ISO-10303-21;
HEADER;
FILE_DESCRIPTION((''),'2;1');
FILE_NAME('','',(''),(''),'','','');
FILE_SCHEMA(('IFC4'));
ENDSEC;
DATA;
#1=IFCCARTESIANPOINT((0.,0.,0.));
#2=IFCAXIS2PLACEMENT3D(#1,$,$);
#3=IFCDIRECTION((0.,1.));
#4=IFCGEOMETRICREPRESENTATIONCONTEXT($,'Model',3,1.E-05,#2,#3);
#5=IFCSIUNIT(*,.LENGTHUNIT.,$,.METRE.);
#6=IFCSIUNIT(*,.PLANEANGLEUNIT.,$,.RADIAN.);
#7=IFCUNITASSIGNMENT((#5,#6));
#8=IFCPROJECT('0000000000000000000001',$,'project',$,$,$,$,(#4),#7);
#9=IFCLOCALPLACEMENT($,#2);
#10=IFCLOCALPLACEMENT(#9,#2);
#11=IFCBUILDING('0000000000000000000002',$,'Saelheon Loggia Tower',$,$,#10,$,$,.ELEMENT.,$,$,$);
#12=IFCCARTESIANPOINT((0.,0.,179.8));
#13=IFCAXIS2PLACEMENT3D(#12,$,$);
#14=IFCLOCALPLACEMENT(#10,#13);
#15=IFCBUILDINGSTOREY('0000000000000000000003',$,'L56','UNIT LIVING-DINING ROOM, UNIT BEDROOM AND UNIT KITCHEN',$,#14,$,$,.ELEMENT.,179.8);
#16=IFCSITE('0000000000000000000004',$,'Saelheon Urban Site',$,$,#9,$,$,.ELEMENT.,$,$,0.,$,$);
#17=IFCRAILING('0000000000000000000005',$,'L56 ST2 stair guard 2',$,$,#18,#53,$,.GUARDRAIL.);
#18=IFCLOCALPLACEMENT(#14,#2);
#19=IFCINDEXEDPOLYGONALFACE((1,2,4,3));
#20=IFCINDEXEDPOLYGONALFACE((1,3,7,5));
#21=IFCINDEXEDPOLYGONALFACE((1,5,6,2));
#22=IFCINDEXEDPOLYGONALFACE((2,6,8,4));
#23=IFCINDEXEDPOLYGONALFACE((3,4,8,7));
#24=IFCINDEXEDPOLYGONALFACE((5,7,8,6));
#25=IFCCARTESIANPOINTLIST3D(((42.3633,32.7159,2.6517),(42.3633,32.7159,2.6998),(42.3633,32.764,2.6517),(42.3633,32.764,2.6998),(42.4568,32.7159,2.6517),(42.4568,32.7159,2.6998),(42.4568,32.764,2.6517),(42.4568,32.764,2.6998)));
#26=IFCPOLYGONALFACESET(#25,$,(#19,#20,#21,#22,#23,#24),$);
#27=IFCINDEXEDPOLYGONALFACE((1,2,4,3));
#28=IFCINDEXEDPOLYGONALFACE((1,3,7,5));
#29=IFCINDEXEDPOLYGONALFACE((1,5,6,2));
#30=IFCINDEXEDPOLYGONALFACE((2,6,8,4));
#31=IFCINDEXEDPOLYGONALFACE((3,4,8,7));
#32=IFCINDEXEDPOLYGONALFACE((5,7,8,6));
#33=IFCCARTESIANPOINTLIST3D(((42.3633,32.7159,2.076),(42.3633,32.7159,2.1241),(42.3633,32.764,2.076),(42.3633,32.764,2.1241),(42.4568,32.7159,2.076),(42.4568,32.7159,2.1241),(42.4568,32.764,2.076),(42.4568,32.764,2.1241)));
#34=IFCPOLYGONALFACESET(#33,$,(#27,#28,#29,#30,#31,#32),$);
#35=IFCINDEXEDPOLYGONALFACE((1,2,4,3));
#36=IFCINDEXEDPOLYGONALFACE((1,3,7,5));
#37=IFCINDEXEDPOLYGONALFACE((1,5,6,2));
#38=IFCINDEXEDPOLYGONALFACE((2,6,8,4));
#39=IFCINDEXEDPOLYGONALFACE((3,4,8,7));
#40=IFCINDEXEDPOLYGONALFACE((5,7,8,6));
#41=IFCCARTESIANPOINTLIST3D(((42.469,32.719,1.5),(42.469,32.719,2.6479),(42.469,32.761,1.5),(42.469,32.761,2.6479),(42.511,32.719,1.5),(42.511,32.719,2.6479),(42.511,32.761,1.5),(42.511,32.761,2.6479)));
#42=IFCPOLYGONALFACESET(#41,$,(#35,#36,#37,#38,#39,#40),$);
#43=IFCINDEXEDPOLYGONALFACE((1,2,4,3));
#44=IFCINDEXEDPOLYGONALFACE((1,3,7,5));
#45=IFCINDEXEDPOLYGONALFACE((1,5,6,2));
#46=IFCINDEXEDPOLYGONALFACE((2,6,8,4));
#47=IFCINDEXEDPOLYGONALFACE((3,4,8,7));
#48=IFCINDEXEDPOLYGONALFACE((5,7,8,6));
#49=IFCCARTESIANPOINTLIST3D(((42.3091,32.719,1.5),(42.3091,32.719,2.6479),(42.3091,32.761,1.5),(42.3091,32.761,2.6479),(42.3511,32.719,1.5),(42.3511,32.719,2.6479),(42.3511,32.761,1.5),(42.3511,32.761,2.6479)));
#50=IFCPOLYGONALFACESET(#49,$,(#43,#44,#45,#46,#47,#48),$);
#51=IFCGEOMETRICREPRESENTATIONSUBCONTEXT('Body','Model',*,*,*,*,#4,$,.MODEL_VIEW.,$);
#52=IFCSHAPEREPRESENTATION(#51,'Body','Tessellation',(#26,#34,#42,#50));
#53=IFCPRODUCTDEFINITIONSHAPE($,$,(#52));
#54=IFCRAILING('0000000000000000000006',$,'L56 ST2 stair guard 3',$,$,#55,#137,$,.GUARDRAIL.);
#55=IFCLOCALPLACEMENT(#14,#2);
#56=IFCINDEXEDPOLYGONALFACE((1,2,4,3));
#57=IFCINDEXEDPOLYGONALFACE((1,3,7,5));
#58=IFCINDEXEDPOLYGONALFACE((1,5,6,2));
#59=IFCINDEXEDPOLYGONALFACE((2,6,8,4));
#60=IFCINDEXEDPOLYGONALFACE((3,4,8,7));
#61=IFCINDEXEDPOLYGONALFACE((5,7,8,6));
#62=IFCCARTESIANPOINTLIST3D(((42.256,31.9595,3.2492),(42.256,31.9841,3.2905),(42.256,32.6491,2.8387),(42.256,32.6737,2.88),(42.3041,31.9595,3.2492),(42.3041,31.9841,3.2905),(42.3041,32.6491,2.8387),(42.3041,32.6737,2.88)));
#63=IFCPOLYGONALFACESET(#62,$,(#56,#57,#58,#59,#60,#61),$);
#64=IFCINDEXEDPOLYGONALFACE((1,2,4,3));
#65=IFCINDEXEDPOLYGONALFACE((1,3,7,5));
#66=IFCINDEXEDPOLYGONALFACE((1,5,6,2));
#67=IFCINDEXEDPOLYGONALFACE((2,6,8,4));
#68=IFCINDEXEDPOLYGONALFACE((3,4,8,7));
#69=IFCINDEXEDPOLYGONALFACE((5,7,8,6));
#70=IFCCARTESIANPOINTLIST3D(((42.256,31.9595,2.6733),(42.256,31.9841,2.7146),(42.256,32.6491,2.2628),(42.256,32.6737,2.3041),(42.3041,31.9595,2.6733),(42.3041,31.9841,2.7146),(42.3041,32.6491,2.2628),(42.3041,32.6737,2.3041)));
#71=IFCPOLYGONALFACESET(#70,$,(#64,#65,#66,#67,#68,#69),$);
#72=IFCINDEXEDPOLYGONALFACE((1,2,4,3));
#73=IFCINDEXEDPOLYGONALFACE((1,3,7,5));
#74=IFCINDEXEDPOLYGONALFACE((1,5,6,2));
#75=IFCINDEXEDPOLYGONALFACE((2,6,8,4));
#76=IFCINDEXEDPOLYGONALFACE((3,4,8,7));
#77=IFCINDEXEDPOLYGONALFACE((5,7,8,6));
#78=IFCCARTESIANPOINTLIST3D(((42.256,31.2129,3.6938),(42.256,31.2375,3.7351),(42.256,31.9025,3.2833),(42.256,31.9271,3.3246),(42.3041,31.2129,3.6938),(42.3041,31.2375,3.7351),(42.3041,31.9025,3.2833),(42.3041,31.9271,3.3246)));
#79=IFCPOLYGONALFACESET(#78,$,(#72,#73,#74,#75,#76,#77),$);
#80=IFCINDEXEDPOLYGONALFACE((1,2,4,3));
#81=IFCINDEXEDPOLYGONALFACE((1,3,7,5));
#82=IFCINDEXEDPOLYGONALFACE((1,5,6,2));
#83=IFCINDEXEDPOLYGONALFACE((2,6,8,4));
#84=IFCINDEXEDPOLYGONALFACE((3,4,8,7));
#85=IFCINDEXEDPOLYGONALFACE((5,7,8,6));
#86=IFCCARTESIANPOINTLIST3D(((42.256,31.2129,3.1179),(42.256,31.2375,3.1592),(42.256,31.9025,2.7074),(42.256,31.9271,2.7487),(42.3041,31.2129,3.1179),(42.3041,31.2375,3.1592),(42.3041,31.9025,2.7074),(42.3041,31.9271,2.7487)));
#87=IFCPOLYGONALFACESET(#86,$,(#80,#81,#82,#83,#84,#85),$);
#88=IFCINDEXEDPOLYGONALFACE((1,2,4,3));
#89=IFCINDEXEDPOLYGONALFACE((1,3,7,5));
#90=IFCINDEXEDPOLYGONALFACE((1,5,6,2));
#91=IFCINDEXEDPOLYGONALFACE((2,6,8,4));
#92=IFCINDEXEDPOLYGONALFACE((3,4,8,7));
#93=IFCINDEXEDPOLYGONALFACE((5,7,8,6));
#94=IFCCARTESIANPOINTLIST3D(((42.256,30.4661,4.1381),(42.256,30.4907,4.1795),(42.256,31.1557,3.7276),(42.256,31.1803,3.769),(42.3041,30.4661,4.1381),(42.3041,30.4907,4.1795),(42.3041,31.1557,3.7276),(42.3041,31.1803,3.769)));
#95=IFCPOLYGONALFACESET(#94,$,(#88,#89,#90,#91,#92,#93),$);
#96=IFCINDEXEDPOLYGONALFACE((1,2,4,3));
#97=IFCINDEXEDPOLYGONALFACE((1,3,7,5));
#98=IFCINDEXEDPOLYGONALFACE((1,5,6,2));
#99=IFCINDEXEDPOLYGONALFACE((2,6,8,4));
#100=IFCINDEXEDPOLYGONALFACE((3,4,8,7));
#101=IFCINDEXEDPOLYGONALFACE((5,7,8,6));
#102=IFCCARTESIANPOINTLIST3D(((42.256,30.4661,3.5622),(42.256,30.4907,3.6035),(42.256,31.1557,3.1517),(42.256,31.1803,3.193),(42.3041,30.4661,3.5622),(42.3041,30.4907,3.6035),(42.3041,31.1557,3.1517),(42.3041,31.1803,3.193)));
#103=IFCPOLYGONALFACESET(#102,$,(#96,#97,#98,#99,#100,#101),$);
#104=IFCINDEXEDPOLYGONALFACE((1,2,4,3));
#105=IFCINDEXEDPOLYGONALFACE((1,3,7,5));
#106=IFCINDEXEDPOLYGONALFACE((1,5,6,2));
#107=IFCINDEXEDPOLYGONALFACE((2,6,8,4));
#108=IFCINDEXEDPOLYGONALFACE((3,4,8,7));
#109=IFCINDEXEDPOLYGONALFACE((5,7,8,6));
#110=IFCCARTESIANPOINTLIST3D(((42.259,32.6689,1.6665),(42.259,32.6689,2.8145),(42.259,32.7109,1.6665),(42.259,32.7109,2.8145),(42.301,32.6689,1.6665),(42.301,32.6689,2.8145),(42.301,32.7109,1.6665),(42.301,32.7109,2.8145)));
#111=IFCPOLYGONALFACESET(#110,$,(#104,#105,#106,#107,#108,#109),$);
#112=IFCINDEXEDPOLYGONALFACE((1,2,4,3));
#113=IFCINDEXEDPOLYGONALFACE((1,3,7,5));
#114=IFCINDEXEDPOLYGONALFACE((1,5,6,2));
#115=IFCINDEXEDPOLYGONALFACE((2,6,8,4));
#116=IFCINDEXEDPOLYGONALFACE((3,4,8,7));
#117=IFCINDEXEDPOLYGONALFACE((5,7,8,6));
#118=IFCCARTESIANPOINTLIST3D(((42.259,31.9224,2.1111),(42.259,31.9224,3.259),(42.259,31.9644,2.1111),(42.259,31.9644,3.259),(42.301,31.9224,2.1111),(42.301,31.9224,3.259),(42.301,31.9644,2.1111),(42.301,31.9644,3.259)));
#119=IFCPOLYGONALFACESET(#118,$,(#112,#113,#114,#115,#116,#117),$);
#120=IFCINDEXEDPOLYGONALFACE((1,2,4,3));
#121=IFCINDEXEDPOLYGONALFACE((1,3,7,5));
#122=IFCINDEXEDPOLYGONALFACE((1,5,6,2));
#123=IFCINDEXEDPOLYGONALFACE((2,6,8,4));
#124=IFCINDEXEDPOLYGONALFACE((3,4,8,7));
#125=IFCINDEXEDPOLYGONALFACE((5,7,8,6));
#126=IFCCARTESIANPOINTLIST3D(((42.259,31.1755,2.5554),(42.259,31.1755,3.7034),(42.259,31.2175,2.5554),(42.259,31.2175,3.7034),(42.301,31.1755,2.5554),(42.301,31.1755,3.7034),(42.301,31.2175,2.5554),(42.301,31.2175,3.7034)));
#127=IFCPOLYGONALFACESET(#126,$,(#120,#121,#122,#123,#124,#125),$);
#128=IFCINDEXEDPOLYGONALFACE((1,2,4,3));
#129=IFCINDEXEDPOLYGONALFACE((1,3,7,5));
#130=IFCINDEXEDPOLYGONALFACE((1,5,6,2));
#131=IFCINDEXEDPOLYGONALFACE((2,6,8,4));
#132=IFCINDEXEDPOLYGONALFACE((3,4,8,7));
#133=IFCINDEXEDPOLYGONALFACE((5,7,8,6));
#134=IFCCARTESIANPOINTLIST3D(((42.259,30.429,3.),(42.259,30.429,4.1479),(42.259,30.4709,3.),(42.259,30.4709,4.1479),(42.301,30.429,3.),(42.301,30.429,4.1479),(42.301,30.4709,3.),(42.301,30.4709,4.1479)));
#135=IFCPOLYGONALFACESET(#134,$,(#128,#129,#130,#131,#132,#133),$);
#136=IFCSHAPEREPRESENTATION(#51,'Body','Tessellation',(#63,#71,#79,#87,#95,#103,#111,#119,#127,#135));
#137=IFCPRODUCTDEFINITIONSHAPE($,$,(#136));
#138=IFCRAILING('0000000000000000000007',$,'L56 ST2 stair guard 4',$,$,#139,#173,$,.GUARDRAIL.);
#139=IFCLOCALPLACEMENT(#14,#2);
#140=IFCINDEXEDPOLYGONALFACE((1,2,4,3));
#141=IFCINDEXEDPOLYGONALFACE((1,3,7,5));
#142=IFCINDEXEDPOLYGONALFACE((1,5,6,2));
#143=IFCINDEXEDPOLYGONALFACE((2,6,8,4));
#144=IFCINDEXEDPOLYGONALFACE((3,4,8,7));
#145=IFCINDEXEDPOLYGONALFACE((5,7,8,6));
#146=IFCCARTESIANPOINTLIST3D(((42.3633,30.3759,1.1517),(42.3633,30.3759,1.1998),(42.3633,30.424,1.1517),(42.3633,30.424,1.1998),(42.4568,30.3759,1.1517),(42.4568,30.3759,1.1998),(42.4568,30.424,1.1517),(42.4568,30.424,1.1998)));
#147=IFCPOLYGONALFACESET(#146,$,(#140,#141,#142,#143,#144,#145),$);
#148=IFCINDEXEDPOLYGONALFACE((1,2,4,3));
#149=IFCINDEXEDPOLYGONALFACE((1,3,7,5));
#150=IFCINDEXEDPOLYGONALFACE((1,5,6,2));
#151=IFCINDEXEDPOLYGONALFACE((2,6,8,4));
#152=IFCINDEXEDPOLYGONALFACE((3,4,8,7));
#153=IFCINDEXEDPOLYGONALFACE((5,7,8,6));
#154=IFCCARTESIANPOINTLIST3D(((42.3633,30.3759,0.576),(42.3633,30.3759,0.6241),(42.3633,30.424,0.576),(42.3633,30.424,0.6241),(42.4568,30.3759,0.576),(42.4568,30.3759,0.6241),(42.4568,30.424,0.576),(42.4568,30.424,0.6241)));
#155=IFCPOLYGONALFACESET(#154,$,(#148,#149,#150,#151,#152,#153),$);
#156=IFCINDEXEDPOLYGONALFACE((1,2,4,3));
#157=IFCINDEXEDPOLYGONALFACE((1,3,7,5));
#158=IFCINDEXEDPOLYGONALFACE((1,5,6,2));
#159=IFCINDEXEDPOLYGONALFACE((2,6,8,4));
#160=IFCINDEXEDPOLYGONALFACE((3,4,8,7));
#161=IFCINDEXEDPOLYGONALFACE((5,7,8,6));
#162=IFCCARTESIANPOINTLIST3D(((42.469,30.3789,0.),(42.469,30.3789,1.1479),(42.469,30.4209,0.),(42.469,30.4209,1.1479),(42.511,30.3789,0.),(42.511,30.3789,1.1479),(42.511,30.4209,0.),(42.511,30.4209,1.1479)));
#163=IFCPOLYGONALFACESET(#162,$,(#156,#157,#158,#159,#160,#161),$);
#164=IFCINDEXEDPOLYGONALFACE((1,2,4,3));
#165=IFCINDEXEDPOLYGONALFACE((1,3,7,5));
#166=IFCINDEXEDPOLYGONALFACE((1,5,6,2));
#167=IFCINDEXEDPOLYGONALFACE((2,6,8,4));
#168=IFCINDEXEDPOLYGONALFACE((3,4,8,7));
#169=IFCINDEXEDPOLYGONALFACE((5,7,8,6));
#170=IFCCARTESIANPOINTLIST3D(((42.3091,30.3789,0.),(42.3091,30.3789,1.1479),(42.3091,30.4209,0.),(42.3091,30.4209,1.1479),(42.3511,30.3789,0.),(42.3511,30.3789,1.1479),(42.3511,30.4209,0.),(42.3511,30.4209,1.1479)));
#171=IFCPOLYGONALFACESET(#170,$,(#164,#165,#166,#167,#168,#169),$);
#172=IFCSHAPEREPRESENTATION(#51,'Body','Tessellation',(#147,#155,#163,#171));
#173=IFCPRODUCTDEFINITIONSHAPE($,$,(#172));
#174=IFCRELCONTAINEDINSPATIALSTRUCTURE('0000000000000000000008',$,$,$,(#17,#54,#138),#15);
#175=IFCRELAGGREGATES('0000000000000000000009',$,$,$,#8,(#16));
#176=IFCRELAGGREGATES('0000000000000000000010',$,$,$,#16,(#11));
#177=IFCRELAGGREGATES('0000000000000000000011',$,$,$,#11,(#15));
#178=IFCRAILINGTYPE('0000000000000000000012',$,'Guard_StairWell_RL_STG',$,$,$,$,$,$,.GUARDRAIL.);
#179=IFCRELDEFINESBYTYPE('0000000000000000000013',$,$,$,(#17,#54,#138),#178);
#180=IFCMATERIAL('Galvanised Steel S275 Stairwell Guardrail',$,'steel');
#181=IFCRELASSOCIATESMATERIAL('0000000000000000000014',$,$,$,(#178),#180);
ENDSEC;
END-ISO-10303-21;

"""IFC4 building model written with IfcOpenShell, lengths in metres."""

from ifc_helpers import new_model, si_unit, direction, frame, origin, origin_2d, place, context, subcontext, project, spatial, rectangle, extrude, material, type_object, element, save


model = new_model("IFC4")

# Units and contexts
model_context = context("Model", 3, precision=1e-05, world=origin(), true_north=direction((0.0, 1.0)))
body_context = subcontext(model_context, "Body", "Model", "MODEL_VIEW")
ifc_project = project(units=[si_unit("LENGTHUNIT", "METRE"), si_unit("PLANEANGLEUNIT", "RADIAN")], contexts=[model_context])

# Site, building, storey
site_placement = place(None, origin())
site = spatial("IfcSite", under=ifc_project, at=site_placement, Name="Saelheon Urban Site", CompositionType="ELEMENT", RefElevation=0.0)
building_placement = place(site_placement, origin())
building = spatial("IfcBuilding", under=site, at=building_placement, Name="Saelheon Loggia Tower", CompositionType="ELEMENT")
storey_placement = place(building_placement, frame((0.0, 0.0, 179.8)))
storey = spatial("IfcBuildingStorey", under=building, at=storey_placement, Name="L56", Description="UNIT LIVING-DINING ROOM, UNIT BEDROOM AND UNIT KITCHEN", CompositionType="ELEMENT", Elevation=179.8)

# Railings
ifc_material_1 = material(Name="Galvanised Steel S275 Stairwell Guardrail", Category="steel")
railing_type_1 = type_object("IfcRailingType", Name="Guard_StairWell_RL_STG", PredefinedType="GUARDRAIL", material=ifc_material_1)
railing_1_placement = place(storey_placement, frame((42.49, 32.74, 1.5)))
element("IfcRailing", 1, at=railing_1_placement, inside=storey, type_object=railing_type_1, Name="L56 ST2 stair guard 2", PredefinedType="GUARDRAIL", context=body_context, shape_type="SweptSolid", body=[
    extrude(rectangle(XDim=0.0481, YDim=0.0481, at=origin_2d()), frame((-0.0332, 0.0, 1.1758), z_axis=(-1.0, 0.0, 0.0), x_axis=(0.0, -1.0, 0.0)), (0.0, 0.0, 1.0), 0.0935),
    extrude(rectangle(XDim=0.0481, YDim=0.0481, at=origin_2d()), frame((-0.0332, 0.0, 0.6001), z_axis=(-1.0, 0.0, 0.0), x_axis=(0.0, -1.0, 0.0)), (0.0, 0.0, 1.0), 0.0935),
    extrude(rectangle(XDim=0.042, YDim=0.042, at=origin_2d()), origin(), (0.0, 0.0, 1.0), 1.1479),
    extrude(rectangle(XDim=0.042, YDim=0.042, at=origin_2d()), frame((-0.1599, 0.0, 0.0)), (0.0, 0.0, 1.0), 1.1479),
])
railing_2_placement = place(storey_placement, frame((42.28, 32.6899, 1.6665)))
element("IfcRailing", 2, at=railing_2_placement, inside=storey, type_object=railing_type_1, Name="L56 ST2 stair guard 3", PredefinedType="GUARDRAIL", context=body_context, shape_type="SweptSolid", body=[
    extrude(rectangle(XDim=0.0481, YDim=0.0481, at=origin_2d()), frame((0.0, -0.0286, 1.1929), z_axis=(0.0, -0.859264, 0.511532), x_axis=(1.0, 0.0, 0.0)), (0.0, 0.0, 1.0), 0.8025),
    extrude(rectangle(XDim=0.0481, YDim=0.0481, at=origin_2d()), frame((0.0, -0.0286, 0.6169), z_axis=(0.0, -0.859264, 0.511532), x_axis=(1.0, 0.0, 0.0)), (0.0, 0.0, 1.0), 0.8025),
    extrude(rectangle(XDim=0.0481, YDim=0.0481, at=origin_2d()), frame((0.0, -0.7751, 1.6375), z_axis=(0.0, -0.859264, 0.511532), x_axis=(1.0, 0.0, 0.0)), (0.0, 0.0, 1.0), 0.8025),
    extrude(rectangle(XDim=0.0481, YDim=0.0481, at=origin_2d()), frame((0.0, -0.7751, 1.0615), z_axis=(0.0, -0.859264, 0.511532), x_axis=(1.0, 0.0, 0.0)), (0.0, 0.0, 1.0), 0.8025),
    extrude(rectangle(XDim=0.0481, YDim=0.0481, at=origin_2d()), frame((0.0, -1.522, 2.0818), z_axis=(0.0, -0.859264, 0.511532), x_axis=(1.0, 0.0, 0.0)), (0.0, 0.0, 1.0), 0.8025),
    extrude(rectangle(XDim=0.0481, YDim=0.0481, at=origin_2d()), frame((0.0, -1.522, 1.5059), z_axis=(0.0, -0.859264, 0.511532), x_axis=(1.0, 0.0, 0.0)), (0.0, 0.0, 1.0), 0.8025),
    extrude(rectangle(XDim=0.042, YDim=0.042, at=origin_2d()), origin(), (0.0, 0.0, 1.0), 1.1479),
    extrude(rectangle(XDim=0.042, YDim=0.042, at=origin_2d()), frame((0.0, -0.7466, 0.4446)), (0.0, 0.0, 1.0), 1.1479),
    extrude(rectangle(XDim=0.042, YDim=0.042, at=origin_2d()), frame((0.0, -1.4934, 0.8889)), (0.0, 0.0, 1.0), 1.1479),
    extrude(rectangle(XDim=0.042, YDim=0.042, at=origin_2d()), frame((0.0, -2.24, 1.3335)), (0.0, 0.0, 1.0), 1.1479),
])
railing_3_placement = place(storey_placement, frame((42.49, 30.3999, 0.0)))
element("IfcRailing", 3, at=railing_3_placement, inside=storey, type_object=railing_type_1, Name="L56 ST2 stair guard 4", PredefinedType="GUARDRAIL", context=body_context, shape_type="SweptSolid", body=[
    extrude(rectangle(XDim=0.0481, YDim=0.0481, at=origin_2d()), frame((-0.0332, 0.0, 1.1758), z_axis=(-1.0, 0.0, 0.0), x_axis=(0.0, -1.0, 0.0)), (0.0, 0.0, 1.0), 0.0935),
    extrude(rectangle(XDim=0.0481, YDim=0.0481, at=origin_2d()), frame((-0.0332, 0.0, 0.6001), z_axis=(-1.0, 0.0, 0.0), x_axis=(0.0, -1.0, 0.0)), (0.0, 0.0, 1.0), 0.0935),
    extrude(rectangle(XDim=0.042, YDim=0.042, at=origin_2d()), origin(), (0.0, 0.0, 1.0), 1.1479),
    extrude(rectangle(XDim=0.042, YDim=0.042, at=origin_2d()), frame((-0.1599, 0.0, 0.0)), (0.0, 0.0, 1.0), 1.1479),
])

save(model, "model.ifc")
